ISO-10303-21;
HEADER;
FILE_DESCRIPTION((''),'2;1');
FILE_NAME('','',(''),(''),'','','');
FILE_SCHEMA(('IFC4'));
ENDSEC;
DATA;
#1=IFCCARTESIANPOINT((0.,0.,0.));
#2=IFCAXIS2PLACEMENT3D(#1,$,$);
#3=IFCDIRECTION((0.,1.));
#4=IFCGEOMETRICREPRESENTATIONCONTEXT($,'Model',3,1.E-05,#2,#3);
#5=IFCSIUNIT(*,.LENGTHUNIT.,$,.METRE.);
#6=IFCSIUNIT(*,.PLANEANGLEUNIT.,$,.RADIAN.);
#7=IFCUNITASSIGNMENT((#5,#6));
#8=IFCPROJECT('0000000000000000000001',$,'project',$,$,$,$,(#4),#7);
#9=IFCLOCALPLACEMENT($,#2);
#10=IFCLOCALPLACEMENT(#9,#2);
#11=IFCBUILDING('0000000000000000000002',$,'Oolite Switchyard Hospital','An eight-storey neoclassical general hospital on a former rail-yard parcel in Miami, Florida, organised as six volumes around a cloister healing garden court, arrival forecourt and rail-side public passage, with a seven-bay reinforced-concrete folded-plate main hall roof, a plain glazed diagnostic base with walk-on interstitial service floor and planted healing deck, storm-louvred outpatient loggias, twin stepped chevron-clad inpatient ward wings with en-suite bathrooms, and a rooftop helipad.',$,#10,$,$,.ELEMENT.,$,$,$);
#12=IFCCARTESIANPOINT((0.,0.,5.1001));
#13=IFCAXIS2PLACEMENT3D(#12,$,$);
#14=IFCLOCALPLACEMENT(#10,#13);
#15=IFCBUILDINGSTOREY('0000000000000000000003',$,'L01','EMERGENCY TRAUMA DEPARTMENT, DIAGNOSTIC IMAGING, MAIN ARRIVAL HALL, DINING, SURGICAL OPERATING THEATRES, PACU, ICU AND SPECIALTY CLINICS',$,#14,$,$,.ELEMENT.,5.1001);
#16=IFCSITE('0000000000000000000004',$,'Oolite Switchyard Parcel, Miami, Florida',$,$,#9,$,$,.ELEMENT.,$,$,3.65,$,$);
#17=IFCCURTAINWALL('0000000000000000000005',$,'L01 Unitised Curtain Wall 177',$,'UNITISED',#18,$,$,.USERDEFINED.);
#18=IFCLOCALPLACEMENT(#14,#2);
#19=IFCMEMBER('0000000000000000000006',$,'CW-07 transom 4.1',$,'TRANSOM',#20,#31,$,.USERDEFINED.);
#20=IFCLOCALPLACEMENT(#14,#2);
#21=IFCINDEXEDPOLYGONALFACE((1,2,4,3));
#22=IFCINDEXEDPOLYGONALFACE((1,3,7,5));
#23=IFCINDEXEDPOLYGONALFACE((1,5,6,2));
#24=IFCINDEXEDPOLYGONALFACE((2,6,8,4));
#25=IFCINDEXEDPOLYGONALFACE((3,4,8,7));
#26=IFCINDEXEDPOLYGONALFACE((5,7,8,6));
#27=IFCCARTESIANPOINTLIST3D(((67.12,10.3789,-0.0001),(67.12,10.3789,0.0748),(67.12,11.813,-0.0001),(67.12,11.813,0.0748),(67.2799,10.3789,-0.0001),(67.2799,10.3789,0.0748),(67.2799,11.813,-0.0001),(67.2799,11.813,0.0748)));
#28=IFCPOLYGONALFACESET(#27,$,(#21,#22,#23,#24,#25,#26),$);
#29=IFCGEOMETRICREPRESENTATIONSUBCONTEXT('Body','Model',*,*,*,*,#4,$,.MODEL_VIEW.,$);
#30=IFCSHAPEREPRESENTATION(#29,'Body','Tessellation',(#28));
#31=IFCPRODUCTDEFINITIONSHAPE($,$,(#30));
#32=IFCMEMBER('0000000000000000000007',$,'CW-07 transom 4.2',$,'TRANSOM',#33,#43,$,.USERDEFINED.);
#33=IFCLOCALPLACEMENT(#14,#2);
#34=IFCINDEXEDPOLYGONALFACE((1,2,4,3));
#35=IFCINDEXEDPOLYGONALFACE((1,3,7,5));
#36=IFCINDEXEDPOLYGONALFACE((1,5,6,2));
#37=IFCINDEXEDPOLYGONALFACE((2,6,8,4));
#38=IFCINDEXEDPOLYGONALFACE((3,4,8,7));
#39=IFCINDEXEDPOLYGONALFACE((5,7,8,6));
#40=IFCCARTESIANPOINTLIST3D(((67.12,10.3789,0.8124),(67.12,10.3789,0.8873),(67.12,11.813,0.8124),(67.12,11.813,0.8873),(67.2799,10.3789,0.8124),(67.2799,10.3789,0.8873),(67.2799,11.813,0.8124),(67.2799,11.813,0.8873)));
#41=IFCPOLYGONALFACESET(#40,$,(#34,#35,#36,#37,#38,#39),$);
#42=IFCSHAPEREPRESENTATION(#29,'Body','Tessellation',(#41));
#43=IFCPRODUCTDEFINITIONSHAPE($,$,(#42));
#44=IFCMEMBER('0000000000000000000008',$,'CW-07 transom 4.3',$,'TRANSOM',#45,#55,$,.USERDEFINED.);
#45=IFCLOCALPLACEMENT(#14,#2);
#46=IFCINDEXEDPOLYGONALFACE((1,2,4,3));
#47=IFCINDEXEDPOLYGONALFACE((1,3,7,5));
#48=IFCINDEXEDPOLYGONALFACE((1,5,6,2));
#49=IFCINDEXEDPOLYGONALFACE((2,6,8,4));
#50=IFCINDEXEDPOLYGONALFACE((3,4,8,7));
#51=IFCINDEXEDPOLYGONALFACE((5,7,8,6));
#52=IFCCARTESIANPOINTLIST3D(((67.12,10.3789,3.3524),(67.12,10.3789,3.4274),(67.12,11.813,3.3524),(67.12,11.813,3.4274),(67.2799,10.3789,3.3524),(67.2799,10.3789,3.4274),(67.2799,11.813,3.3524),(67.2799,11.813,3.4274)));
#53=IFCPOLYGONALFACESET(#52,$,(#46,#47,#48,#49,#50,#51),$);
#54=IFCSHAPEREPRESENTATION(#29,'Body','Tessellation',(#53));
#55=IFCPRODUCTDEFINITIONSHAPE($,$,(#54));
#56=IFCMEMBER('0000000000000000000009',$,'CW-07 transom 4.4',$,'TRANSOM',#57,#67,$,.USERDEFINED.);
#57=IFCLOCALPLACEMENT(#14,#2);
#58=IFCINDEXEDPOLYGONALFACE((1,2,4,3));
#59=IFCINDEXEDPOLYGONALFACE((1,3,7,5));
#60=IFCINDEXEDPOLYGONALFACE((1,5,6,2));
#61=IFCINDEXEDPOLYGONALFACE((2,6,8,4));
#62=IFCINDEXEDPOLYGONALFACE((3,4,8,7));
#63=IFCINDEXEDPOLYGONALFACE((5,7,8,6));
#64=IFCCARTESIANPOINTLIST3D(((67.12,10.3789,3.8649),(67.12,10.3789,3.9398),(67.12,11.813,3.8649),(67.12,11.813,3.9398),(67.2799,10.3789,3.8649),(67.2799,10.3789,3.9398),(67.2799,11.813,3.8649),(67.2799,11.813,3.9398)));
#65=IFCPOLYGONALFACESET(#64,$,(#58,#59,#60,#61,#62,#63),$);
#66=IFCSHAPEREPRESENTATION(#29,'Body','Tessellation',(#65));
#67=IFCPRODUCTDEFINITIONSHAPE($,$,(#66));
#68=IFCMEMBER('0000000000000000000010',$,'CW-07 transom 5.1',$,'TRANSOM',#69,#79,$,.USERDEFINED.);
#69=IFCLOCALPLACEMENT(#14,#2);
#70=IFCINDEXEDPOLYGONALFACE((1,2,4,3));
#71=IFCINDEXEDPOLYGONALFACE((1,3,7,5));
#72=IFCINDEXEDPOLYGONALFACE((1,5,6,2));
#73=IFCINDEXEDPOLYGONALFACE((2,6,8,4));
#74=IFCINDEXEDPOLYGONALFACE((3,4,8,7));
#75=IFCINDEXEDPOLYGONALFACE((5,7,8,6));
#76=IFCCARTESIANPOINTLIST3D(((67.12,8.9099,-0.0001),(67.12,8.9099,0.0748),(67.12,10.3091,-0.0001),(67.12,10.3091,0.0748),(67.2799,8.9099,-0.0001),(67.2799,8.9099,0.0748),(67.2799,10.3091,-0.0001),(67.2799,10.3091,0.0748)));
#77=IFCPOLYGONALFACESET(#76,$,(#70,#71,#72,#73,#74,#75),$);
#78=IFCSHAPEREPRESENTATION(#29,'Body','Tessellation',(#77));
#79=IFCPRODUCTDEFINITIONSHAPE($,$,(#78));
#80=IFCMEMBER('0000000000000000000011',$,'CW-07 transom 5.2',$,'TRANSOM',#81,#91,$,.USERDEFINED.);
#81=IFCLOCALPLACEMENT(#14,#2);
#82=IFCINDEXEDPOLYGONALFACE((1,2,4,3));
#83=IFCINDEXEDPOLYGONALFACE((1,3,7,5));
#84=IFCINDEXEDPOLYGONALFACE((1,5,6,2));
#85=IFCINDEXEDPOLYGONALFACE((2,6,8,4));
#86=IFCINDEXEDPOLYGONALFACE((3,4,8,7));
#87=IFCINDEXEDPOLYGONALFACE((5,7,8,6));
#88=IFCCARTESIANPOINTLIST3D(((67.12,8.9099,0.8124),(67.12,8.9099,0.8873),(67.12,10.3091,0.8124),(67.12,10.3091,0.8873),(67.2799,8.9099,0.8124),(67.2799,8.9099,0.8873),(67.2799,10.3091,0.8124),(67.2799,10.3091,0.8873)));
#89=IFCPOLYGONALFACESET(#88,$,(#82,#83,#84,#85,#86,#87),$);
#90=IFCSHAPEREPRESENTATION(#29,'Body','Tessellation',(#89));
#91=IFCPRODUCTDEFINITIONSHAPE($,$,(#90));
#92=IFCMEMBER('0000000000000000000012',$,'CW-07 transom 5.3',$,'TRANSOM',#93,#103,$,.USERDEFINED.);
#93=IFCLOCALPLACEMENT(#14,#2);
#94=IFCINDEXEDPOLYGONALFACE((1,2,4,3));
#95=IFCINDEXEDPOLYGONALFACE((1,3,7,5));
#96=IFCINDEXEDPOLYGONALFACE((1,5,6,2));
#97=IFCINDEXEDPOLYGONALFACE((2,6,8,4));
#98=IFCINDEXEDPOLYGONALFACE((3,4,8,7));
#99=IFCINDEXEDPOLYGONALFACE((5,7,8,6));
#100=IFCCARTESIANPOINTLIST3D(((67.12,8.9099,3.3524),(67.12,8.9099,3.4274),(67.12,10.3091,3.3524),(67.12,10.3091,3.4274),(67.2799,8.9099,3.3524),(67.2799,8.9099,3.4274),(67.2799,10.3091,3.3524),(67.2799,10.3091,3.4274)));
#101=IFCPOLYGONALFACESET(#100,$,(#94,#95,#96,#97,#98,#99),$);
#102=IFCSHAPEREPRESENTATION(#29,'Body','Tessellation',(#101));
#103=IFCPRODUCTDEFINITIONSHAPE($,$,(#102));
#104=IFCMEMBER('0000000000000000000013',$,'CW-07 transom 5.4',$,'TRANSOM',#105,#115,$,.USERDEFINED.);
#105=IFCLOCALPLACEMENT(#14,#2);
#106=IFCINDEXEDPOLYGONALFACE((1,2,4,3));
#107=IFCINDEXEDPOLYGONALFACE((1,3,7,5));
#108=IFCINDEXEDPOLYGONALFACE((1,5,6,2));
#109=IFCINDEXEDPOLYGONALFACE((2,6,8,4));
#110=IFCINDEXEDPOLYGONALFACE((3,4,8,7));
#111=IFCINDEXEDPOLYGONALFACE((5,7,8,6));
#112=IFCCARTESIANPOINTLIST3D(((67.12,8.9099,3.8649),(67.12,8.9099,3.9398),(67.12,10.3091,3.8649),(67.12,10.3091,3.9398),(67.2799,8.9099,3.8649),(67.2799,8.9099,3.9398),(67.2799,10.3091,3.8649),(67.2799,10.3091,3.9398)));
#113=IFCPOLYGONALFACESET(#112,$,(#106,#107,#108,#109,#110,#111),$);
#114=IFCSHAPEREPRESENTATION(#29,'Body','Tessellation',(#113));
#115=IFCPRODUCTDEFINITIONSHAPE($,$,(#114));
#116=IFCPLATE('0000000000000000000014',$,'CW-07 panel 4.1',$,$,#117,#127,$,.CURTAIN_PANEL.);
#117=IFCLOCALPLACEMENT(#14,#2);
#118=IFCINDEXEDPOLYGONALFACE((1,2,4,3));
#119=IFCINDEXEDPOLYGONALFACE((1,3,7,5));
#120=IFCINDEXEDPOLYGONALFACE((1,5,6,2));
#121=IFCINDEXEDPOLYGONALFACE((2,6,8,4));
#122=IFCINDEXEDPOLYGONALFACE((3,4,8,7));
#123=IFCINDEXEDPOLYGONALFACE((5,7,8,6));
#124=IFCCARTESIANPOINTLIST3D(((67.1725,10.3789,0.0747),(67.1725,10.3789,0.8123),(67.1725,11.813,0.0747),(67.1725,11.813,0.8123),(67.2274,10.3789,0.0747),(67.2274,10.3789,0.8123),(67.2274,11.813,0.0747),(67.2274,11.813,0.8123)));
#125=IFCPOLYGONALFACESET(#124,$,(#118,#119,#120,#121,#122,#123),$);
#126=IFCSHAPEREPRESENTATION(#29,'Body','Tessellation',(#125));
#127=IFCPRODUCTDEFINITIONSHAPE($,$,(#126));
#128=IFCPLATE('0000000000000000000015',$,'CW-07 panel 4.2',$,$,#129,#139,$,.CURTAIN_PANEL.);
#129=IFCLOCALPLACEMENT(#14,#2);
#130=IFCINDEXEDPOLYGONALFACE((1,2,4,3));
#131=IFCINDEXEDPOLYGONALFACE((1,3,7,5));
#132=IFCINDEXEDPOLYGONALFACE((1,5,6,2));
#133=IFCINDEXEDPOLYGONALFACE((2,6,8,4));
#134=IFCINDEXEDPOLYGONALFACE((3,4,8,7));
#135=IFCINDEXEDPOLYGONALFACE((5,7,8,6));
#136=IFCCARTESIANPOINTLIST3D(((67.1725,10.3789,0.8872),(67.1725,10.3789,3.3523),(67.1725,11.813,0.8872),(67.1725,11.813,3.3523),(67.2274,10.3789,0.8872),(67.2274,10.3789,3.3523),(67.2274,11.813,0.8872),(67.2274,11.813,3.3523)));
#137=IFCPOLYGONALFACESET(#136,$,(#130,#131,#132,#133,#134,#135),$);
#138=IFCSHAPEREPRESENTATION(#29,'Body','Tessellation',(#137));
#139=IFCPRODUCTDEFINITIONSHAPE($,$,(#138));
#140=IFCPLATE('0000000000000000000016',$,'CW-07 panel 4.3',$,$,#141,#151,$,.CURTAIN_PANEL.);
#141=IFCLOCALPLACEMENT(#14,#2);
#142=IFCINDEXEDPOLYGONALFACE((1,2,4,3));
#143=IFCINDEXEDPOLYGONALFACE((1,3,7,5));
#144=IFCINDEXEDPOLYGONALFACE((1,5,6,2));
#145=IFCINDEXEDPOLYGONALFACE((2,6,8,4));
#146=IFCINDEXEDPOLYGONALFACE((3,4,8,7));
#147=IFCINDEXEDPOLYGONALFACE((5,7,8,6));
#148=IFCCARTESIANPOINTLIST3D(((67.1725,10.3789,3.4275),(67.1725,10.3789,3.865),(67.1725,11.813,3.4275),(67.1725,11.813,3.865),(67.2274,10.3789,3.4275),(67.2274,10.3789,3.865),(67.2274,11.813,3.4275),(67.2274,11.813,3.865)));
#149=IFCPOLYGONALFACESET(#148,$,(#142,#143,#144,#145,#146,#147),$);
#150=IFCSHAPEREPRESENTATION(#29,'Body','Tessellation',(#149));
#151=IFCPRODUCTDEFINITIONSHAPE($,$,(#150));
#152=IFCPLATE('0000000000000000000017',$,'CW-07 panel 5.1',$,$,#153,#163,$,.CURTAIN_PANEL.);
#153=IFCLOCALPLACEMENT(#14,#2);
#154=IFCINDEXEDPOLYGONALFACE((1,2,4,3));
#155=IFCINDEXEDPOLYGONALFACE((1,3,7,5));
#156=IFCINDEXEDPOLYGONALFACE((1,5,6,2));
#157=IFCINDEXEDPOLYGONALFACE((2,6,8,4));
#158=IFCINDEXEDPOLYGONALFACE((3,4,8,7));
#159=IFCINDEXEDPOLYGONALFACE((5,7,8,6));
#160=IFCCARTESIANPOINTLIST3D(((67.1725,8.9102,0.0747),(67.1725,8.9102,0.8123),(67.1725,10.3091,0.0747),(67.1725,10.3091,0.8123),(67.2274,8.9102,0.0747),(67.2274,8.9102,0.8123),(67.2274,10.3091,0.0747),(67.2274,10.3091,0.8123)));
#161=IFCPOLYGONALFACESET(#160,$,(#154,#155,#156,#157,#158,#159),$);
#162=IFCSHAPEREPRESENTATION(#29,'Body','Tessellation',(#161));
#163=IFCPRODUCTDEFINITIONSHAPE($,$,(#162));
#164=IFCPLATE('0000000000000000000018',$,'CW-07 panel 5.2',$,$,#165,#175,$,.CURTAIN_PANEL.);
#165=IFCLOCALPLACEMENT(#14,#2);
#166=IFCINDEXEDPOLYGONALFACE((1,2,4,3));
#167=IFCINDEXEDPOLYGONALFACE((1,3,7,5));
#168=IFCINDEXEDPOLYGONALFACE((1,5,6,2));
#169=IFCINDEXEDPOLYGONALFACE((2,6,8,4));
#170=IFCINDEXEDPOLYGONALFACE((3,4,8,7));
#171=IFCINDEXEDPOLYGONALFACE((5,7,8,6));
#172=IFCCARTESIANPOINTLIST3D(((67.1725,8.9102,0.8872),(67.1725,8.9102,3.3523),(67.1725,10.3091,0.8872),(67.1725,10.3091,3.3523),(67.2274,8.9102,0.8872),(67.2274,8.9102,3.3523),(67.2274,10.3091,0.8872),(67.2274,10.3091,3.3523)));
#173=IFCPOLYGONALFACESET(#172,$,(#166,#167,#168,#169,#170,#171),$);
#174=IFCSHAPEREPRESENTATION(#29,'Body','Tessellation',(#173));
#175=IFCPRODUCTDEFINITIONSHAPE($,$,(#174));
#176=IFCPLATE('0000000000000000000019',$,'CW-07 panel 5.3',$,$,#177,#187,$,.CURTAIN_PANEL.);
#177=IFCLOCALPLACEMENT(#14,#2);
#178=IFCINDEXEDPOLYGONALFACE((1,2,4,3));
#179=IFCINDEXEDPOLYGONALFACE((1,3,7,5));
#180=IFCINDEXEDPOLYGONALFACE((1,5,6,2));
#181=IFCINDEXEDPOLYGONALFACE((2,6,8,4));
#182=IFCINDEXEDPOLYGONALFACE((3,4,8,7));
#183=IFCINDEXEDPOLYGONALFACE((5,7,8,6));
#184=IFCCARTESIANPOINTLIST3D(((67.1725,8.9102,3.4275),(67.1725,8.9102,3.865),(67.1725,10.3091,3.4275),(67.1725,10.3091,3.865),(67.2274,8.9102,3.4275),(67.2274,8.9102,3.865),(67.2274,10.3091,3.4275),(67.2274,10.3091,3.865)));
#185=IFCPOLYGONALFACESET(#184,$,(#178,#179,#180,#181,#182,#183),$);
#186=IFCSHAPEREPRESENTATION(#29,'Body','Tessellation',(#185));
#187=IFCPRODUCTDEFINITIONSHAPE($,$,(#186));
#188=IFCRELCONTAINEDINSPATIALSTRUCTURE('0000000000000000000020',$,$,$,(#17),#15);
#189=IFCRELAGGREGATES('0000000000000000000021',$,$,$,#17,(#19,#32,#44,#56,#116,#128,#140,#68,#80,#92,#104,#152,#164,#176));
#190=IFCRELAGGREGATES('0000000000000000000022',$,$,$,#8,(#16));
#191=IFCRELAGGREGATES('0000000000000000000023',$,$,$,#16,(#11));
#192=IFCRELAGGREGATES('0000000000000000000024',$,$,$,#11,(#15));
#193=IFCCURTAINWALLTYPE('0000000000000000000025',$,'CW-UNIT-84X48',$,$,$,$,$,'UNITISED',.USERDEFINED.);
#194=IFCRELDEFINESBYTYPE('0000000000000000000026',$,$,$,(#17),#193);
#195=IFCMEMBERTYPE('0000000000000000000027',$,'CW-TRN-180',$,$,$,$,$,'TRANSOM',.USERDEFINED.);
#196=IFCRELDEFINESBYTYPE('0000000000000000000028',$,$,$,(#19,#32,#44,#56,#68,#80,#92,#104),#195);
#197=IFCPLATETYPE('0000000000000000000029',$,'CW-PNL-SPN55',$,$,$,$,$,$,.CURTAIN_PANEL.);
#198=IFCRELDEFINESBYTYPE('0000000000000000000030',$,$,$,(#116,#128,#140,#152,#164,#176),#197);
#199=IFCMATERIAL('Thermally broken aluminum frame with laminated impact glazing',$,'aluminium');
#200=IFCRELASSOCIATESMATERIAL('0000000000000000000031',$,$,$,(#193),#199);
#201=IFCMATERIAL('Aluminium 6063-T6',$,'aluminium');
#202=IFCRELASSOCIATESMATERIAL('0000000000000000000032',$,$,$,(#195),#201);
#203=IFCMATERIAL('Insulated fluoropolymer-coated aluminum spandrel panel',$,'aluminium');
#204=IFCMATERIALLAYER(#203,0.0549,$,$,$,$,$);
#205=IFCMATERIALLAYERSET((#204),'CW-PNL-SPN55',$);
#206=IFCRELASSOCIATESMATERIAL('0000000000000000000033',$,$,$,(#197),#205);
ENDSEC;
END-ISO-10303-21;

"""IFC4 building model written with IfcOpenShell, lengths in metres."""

from ifc_helpers import new_model, si_unit, direction, frame, origin, origin_2d, place, context, subcontext, project, spatial, rectangle, extrude, material, layer, layer_set, material_profile, profile_set, type_object, element, aggregate, save


model = new_model("IFC4")

# Units and contexts
model_context = context("Model", 3, precision=1e-05, world=origin(), true_north=direction((0.0, 1.0)))
body_context = subcontext(model_context, "Body", "Model", "MODEL_VIEW")
ifc_project = project(units=[si_unit("LENGTHUNIT", "METRE"), si_unit("PLANEANGLEUNIT", "RADIAN")], contexts=[model_context])

# Site, building, storey
site_placement = place(None, origin())
site = spatial("IfcSite", under=ifc_project, at=site_placement, Name="Oolite Switchyard Parcel, Miami, Florida", CompositionType="ELEMENT", RefElevation=3.65)
building_placement = place(site_placement, origin())
building = spatial("IfcBuilding", under=site, at=building_placement, Name="Oolite Switchyard Hospital", Description="An eight-storey neoclassical general hospital on a former rail-yard parcel in Miami, Florida, organised as six volumes around a cloister healing garden court, arrival forecourt and rail-side public passage, with a seven-bay reinforced-concrete folded-plate main hall roof, a plain glazed diagnostic base with walk-on interstitial service floor and planted healing deck, storm-louvred outpatient loggias, twin stepped chevron-clad inpatient ward wings with en-suite bathrooms, and a rooftop helipad.", CompositionType="ELEMENT")
storey_placement = place(building_placement, frame((0.0, 0.0, 5.1001)))
storey = spatial("IfcBuildingStorey", under=building, at=storey_placement, Name="L01", Description="EMERGENCY TRAUMA DEPARTMENT, DIAGNOSTIC IMAGING, MAIN ARRIVAL HALL, DINING, SURGICAL OPERATING THEATRES, PACU, ICU AND SPECIALTY CLINICS", CompositionType="ELEMENT", Elevation=5.1001)

# Curtain wall, members, plates
ifc_material_1 = material(Name="Thermally broken aluminum frame with laminated impact glazing", Category="aluminium")
curtain_wall_type = type_object("IfcCurtainWallType", Name="CW-UNIT-84X48", ElementType="UNITISED", PredefinedType="USERDEFINED", material=ifc_material_1)
curtain_wall_placement = place(storey_placement, origin())
curtain_wall = element("IfcCurtainWall", 1, at=curtain_wall_placement, inside=storey, type_object=curtain_wall_type, Name="L01 Unitised Curtain Wall 177", ObjectType="UNITISED", PredefinedType="USERDEFINED")
ifc_material_2 = material(Name="Aluminium 6063-T6", Category="aluminium")
ifc_material_profile_1 = material_profile(ifc_material_2, rectangle(XDim=0.1599, YDim=0.075, at=origin_2d()), Name="CWT75X160")
ifc_profile_set_1 = profile_set([ifc_material_profile_1], Name="Aluminium 6063-T6")
member_type_1 = type_object("IfcMemberType", Name="CW-TRN-180", ElementType="TRANSOM", PredefinedType="USERDEFINED", material=ifc_profile_set_1)
member_1_placement = place(storey_placement, frame((67.2, 11.813, 0.0374), z_axis=(0.0, -1.0, 0.0), x_axis=(1.0, 0.0, 0.0)))
member_1 = element("IfcMember", 2, at=member_1_placement, type_object=member_type_1, Name="CW-07 transom 4.1", ObjectType="TRANSOM", PredefinedType="USERDEFINED", context=body_context, shape_type="SweptSolid", body=[
    extrude(rectangle(XDim=0.1599, YDim=0.075, at=origin_2d()), origin(), (0.0, 0.0, 1.0), 1.4341),
])
member_2_placement = place(storey_placement, frame((67.2, 11.813, 0.8499), z_axis=(0.0, -1.0, 0.0), x_axis=(1.0, 0.0, 0.0)))
member_2 = element("IfcMember", 3, at=member_2_placement, type_object=member_type_1, Name="CW-07 transom 4.2", ObjectType="TRANSOM", PredefinedType="USERDEFINED", context=body_context, shape_type="SweptSolid", body=[
    extrude(rectangle(XDim=0.1599, YDim=0.075, at=origin_2d()), origin(), (0.0, 0.0, 1.0), 1.4341),
])
member_3_placement = place(storey_placement, frame((67.2, 11.813, 3.3899), z_axis=(0.0, -1.0, 0.0), x_axis=(1.0, 0.0, 0.0)))
member_3 = element("IfcMember", 4, at=member_3_placement, type_object=member_type_1, Name="CW-07 transom 4.3", ObjectType="TRANSOM", PredefinedType="USERDEFINED", context=body_context, shape_type="SweptSolid", body=[
    extrude(rectangle(XDim=0.1599, YDim=0.075, at=origin_2d()), origin(), (0.0, 0.0, 1.0), 1.4341),
])
member_4_placement = place(storey_placement, frame((67.2, 11.813, 3.9023), z_axis=(0.0, -1.0, 0.0), x_axis=(1.0, 0.0, 0.0)))
member_4 = element("IfcMember", 5, at=member_4_placement, type_object=member_type_1, Name="CW-07 transom 4.4", ObjectType="TRANSOM", PredefinedType="USERDEFINED", context=body_context, shape_type="SweptSolid", body=[
    extrude(rectangle(XDim=0.1599, YDim=0.075, at=origin_2d()), origin(), (0.0, 0.0, 1.0), 1.4341),
])
member_5_placement = place(storey_placement, frame((67.2, 10.3091, 0.0374), z_axis=(0.0, -1.0, 0.0), x_axis=(1.0, 0.0, 0.0)))
member_5 = element("IfcMember", 6, at=member_5_placement, type_object=member_type_1, Name="CW-07 transom 5.1", ObjectType="TRANSOM", PredefinedType="USERDEFINED", context=body_context, shape_type="SweptSolid", body=[
    extrude(rectangle(XDim=0.1599, YDim=0.075, at=origin_2d()), origin(), (0.0, 0.0, 1.0), 1.3992),
])
member_6_placement = place(storey_placement, frame((67.2, 10.3091, 0.8499), z_axis=(0.0, -1.0, 0.0), x_axis=(1.0, 0.0, 0.0)))
member_6 = element("IfcMember", 7, at=member_6_placement, type_object=member_type_1, Name="CW-07 transom 5.2", ObjectType="TRANSOM", PredefinedType="USERDEFINED", context=body_context, shape_type="SweptSolid", body=[
    extrude(rectangle(XDim=0.1599, YDim=0.075, at=origin_2d()), origin(), (0.0, 0.0, 1.0), 1.3992),
])
member_7_placement = place(storey_placement, frame((67.2, 10.3091, 3.3899), z_axis=(0.0, -1.0, 0.0), x_axis=(1.0, 0.0, 0.0)))
member_7 = element("IfcMember", 8, at=member_7_placement, type_object=member_type_1, Name="CW-07 transom 5.3", ObjectType="TRANSOM", PredefinedType="USERDEFINED", context=body_context, shape_type="SweptSolid", body=[
    extrude(rectangle(XDim=0.1599, YDim=0.075, at=origin_2d()), origin(), (0.0, 0.0, 1.0), 1.3992),
])
member_8_placement = place(storey_placement, frame((67.2, 10.3091, 3.9023), z_axis=(0.0, -1.0, 0.0), x_axis=(1.0, 0.0, 0.0)))
member_8 = element("IfcMember", 9, at=member_8_placement, type_object=member_type_1, Name="CW-07 transom 5.4", ObjectType="TRANSOM", PredefinedType="USERDEFINED", context=body_context, shape_type="SweptSolid", body=[
    extrude(rectangle(XDim=0.1599, YDim=0.075, at=origin_2d()), origin(), (0.0, 0.0, 1.0), 1.3992),
])
ifc_material_3 = material(Name="Insulated fluoropolymer-coated aluminum spandrel panel", Category="aluminium")
ifc_layer = layer(ifc_material_3, 0.0549)
ifc_layer_set = layer_set([ifc_layer], Name="CW-PNL-SPN55")
plate_type = type_object("IfcPlateType", Name="CW-PNL-SPN55", PredefinedType="CURTAIN_PANEL", material=ifc_layer_set)
plate_1_placement = place(storey_placement, frame((67.2, 11.0959, 0.0747), z_axis=(0.0, 0.0, 1.0), x_axis=(0.0, -1.0, 0.0)))
plate_1 = element("IfcPlate", 10, at=plate_1_placement, type_object=plate_type, Name="CW-07 panel 4.1", PredefinedType="CURTAIN_PANEL", context=body_context, shape_type="SweptSolid", body=[
    extrude(rectangle(XDim=1.4341, YDim=0.0549, at=origin_2d()), origin(), (0.0, 0.0, 1.0), 0.7375),
])
plate_2_placement = place(storey_placement, frame((67.2, 11.0959, 0.8872), z_axis=(0.0, 0.0, 1.0), x_axis=(0.0, -1.0, 0.0)))
plate_2 = element("IfcPlate", 11, at=plate_2_placement, type_object=plate_type, Name="CW-07 panel 4.2", PredefinedType="CURTAIN_PANEL", context=body_context, shape_type="SweptSolid", body=[
    extrude(rectangle(XDim=1.4341, YDim=0.0549, at=origin_2d()), origin(), (0.0, 0.0, 1.0), 2.4651),
])
plate_3_placement = place(storey_placement, frame((67.2, 11.0959, 3.4275), z_axis=(0.0, 0.0, 1.0), x_axis=(0.0, -1.0, 0.0)))
plate_3 = element("IfcPlate", 12, at=plate_3_placement, type_object=plate_type, Name="CW-07 panel 4.3", PredefinedType="CURTAIN_PANEL", context=body_context, shape_type="SweptSolid", body=[
    extrude(rectangle(XDim=1.4341, YDim=0.0549, at=origin_2d()), origin(), (0.0, 0.0, 1.0), 0.4375),
])
plate_4_placement = place(storey_placement, frame((67.2, 9.6096, 0.0747), z_axis=(0.0, 0.0, 1.0), x_axis=(0.0, -1.0, 0.0)))
plate_4 = element("IfcPlate", 13, at=plate_4_placement, type_object=plate_type, Name="CW-07 panel 5.1", PredefinedType="CURTAIN_PANEL", context=body_context, shape_type="SweptSolid", body=[
    extrude(rectangle(XDim=1.3989, YDim=0.0549, at=origin_2d()), origin(), (0.0, 0.0, 1.0), 0.7375),
])
plate_5_placement = place(storey_placement, frame((67.2, 9.6096, 0.8872), z_axis=(0.0, 0.0, 1.0), x_axis=(0.0, -1.0, 0.0)))
plate_5 = element("IfcPlate", 14, at=plate_5_placement, type_object=plate_type, Name="CW-07 panel 5.2", PredefinedType="CURTAIN_PANEL", context=body_context, shape_type="SweptSolid", body=[
    extrude(rectangle(XDim=1.3989, YDim=0.0549, at=origin_2d()), origin(), (0.0, 0.0, 1.0), 2.4651),
])
plate_6_placement = place(storey_placement, frame((67.2, 9.6096, 3.4275), z_axis=(0.0, 0.0, 1.0), x_axis=(0.0, -1.0, 0.0)))
plate_6 = element("IfcPlate", 15, at=plate_6_placement, type_object=plate_type, Name="CW-07 panel 5.3", PredefinedType="CURTAIN_PANEL", context=body_context, shape_type="SweptSolid", body=[
    extrude(rectangle(XDim=1.3989, YDim=0.0549, at=origin_2d()), origin(), (0.0, 0.0, 1.0), 0.4375),
])
aggregate(curtain_wall, [member_1, member_2, member_3, member_4, plate_1, plate_2, plate_3, member_5, member_6, member_7, member_8, plate_4, plate_5, plate_6])

save(model, "model.ifc")
